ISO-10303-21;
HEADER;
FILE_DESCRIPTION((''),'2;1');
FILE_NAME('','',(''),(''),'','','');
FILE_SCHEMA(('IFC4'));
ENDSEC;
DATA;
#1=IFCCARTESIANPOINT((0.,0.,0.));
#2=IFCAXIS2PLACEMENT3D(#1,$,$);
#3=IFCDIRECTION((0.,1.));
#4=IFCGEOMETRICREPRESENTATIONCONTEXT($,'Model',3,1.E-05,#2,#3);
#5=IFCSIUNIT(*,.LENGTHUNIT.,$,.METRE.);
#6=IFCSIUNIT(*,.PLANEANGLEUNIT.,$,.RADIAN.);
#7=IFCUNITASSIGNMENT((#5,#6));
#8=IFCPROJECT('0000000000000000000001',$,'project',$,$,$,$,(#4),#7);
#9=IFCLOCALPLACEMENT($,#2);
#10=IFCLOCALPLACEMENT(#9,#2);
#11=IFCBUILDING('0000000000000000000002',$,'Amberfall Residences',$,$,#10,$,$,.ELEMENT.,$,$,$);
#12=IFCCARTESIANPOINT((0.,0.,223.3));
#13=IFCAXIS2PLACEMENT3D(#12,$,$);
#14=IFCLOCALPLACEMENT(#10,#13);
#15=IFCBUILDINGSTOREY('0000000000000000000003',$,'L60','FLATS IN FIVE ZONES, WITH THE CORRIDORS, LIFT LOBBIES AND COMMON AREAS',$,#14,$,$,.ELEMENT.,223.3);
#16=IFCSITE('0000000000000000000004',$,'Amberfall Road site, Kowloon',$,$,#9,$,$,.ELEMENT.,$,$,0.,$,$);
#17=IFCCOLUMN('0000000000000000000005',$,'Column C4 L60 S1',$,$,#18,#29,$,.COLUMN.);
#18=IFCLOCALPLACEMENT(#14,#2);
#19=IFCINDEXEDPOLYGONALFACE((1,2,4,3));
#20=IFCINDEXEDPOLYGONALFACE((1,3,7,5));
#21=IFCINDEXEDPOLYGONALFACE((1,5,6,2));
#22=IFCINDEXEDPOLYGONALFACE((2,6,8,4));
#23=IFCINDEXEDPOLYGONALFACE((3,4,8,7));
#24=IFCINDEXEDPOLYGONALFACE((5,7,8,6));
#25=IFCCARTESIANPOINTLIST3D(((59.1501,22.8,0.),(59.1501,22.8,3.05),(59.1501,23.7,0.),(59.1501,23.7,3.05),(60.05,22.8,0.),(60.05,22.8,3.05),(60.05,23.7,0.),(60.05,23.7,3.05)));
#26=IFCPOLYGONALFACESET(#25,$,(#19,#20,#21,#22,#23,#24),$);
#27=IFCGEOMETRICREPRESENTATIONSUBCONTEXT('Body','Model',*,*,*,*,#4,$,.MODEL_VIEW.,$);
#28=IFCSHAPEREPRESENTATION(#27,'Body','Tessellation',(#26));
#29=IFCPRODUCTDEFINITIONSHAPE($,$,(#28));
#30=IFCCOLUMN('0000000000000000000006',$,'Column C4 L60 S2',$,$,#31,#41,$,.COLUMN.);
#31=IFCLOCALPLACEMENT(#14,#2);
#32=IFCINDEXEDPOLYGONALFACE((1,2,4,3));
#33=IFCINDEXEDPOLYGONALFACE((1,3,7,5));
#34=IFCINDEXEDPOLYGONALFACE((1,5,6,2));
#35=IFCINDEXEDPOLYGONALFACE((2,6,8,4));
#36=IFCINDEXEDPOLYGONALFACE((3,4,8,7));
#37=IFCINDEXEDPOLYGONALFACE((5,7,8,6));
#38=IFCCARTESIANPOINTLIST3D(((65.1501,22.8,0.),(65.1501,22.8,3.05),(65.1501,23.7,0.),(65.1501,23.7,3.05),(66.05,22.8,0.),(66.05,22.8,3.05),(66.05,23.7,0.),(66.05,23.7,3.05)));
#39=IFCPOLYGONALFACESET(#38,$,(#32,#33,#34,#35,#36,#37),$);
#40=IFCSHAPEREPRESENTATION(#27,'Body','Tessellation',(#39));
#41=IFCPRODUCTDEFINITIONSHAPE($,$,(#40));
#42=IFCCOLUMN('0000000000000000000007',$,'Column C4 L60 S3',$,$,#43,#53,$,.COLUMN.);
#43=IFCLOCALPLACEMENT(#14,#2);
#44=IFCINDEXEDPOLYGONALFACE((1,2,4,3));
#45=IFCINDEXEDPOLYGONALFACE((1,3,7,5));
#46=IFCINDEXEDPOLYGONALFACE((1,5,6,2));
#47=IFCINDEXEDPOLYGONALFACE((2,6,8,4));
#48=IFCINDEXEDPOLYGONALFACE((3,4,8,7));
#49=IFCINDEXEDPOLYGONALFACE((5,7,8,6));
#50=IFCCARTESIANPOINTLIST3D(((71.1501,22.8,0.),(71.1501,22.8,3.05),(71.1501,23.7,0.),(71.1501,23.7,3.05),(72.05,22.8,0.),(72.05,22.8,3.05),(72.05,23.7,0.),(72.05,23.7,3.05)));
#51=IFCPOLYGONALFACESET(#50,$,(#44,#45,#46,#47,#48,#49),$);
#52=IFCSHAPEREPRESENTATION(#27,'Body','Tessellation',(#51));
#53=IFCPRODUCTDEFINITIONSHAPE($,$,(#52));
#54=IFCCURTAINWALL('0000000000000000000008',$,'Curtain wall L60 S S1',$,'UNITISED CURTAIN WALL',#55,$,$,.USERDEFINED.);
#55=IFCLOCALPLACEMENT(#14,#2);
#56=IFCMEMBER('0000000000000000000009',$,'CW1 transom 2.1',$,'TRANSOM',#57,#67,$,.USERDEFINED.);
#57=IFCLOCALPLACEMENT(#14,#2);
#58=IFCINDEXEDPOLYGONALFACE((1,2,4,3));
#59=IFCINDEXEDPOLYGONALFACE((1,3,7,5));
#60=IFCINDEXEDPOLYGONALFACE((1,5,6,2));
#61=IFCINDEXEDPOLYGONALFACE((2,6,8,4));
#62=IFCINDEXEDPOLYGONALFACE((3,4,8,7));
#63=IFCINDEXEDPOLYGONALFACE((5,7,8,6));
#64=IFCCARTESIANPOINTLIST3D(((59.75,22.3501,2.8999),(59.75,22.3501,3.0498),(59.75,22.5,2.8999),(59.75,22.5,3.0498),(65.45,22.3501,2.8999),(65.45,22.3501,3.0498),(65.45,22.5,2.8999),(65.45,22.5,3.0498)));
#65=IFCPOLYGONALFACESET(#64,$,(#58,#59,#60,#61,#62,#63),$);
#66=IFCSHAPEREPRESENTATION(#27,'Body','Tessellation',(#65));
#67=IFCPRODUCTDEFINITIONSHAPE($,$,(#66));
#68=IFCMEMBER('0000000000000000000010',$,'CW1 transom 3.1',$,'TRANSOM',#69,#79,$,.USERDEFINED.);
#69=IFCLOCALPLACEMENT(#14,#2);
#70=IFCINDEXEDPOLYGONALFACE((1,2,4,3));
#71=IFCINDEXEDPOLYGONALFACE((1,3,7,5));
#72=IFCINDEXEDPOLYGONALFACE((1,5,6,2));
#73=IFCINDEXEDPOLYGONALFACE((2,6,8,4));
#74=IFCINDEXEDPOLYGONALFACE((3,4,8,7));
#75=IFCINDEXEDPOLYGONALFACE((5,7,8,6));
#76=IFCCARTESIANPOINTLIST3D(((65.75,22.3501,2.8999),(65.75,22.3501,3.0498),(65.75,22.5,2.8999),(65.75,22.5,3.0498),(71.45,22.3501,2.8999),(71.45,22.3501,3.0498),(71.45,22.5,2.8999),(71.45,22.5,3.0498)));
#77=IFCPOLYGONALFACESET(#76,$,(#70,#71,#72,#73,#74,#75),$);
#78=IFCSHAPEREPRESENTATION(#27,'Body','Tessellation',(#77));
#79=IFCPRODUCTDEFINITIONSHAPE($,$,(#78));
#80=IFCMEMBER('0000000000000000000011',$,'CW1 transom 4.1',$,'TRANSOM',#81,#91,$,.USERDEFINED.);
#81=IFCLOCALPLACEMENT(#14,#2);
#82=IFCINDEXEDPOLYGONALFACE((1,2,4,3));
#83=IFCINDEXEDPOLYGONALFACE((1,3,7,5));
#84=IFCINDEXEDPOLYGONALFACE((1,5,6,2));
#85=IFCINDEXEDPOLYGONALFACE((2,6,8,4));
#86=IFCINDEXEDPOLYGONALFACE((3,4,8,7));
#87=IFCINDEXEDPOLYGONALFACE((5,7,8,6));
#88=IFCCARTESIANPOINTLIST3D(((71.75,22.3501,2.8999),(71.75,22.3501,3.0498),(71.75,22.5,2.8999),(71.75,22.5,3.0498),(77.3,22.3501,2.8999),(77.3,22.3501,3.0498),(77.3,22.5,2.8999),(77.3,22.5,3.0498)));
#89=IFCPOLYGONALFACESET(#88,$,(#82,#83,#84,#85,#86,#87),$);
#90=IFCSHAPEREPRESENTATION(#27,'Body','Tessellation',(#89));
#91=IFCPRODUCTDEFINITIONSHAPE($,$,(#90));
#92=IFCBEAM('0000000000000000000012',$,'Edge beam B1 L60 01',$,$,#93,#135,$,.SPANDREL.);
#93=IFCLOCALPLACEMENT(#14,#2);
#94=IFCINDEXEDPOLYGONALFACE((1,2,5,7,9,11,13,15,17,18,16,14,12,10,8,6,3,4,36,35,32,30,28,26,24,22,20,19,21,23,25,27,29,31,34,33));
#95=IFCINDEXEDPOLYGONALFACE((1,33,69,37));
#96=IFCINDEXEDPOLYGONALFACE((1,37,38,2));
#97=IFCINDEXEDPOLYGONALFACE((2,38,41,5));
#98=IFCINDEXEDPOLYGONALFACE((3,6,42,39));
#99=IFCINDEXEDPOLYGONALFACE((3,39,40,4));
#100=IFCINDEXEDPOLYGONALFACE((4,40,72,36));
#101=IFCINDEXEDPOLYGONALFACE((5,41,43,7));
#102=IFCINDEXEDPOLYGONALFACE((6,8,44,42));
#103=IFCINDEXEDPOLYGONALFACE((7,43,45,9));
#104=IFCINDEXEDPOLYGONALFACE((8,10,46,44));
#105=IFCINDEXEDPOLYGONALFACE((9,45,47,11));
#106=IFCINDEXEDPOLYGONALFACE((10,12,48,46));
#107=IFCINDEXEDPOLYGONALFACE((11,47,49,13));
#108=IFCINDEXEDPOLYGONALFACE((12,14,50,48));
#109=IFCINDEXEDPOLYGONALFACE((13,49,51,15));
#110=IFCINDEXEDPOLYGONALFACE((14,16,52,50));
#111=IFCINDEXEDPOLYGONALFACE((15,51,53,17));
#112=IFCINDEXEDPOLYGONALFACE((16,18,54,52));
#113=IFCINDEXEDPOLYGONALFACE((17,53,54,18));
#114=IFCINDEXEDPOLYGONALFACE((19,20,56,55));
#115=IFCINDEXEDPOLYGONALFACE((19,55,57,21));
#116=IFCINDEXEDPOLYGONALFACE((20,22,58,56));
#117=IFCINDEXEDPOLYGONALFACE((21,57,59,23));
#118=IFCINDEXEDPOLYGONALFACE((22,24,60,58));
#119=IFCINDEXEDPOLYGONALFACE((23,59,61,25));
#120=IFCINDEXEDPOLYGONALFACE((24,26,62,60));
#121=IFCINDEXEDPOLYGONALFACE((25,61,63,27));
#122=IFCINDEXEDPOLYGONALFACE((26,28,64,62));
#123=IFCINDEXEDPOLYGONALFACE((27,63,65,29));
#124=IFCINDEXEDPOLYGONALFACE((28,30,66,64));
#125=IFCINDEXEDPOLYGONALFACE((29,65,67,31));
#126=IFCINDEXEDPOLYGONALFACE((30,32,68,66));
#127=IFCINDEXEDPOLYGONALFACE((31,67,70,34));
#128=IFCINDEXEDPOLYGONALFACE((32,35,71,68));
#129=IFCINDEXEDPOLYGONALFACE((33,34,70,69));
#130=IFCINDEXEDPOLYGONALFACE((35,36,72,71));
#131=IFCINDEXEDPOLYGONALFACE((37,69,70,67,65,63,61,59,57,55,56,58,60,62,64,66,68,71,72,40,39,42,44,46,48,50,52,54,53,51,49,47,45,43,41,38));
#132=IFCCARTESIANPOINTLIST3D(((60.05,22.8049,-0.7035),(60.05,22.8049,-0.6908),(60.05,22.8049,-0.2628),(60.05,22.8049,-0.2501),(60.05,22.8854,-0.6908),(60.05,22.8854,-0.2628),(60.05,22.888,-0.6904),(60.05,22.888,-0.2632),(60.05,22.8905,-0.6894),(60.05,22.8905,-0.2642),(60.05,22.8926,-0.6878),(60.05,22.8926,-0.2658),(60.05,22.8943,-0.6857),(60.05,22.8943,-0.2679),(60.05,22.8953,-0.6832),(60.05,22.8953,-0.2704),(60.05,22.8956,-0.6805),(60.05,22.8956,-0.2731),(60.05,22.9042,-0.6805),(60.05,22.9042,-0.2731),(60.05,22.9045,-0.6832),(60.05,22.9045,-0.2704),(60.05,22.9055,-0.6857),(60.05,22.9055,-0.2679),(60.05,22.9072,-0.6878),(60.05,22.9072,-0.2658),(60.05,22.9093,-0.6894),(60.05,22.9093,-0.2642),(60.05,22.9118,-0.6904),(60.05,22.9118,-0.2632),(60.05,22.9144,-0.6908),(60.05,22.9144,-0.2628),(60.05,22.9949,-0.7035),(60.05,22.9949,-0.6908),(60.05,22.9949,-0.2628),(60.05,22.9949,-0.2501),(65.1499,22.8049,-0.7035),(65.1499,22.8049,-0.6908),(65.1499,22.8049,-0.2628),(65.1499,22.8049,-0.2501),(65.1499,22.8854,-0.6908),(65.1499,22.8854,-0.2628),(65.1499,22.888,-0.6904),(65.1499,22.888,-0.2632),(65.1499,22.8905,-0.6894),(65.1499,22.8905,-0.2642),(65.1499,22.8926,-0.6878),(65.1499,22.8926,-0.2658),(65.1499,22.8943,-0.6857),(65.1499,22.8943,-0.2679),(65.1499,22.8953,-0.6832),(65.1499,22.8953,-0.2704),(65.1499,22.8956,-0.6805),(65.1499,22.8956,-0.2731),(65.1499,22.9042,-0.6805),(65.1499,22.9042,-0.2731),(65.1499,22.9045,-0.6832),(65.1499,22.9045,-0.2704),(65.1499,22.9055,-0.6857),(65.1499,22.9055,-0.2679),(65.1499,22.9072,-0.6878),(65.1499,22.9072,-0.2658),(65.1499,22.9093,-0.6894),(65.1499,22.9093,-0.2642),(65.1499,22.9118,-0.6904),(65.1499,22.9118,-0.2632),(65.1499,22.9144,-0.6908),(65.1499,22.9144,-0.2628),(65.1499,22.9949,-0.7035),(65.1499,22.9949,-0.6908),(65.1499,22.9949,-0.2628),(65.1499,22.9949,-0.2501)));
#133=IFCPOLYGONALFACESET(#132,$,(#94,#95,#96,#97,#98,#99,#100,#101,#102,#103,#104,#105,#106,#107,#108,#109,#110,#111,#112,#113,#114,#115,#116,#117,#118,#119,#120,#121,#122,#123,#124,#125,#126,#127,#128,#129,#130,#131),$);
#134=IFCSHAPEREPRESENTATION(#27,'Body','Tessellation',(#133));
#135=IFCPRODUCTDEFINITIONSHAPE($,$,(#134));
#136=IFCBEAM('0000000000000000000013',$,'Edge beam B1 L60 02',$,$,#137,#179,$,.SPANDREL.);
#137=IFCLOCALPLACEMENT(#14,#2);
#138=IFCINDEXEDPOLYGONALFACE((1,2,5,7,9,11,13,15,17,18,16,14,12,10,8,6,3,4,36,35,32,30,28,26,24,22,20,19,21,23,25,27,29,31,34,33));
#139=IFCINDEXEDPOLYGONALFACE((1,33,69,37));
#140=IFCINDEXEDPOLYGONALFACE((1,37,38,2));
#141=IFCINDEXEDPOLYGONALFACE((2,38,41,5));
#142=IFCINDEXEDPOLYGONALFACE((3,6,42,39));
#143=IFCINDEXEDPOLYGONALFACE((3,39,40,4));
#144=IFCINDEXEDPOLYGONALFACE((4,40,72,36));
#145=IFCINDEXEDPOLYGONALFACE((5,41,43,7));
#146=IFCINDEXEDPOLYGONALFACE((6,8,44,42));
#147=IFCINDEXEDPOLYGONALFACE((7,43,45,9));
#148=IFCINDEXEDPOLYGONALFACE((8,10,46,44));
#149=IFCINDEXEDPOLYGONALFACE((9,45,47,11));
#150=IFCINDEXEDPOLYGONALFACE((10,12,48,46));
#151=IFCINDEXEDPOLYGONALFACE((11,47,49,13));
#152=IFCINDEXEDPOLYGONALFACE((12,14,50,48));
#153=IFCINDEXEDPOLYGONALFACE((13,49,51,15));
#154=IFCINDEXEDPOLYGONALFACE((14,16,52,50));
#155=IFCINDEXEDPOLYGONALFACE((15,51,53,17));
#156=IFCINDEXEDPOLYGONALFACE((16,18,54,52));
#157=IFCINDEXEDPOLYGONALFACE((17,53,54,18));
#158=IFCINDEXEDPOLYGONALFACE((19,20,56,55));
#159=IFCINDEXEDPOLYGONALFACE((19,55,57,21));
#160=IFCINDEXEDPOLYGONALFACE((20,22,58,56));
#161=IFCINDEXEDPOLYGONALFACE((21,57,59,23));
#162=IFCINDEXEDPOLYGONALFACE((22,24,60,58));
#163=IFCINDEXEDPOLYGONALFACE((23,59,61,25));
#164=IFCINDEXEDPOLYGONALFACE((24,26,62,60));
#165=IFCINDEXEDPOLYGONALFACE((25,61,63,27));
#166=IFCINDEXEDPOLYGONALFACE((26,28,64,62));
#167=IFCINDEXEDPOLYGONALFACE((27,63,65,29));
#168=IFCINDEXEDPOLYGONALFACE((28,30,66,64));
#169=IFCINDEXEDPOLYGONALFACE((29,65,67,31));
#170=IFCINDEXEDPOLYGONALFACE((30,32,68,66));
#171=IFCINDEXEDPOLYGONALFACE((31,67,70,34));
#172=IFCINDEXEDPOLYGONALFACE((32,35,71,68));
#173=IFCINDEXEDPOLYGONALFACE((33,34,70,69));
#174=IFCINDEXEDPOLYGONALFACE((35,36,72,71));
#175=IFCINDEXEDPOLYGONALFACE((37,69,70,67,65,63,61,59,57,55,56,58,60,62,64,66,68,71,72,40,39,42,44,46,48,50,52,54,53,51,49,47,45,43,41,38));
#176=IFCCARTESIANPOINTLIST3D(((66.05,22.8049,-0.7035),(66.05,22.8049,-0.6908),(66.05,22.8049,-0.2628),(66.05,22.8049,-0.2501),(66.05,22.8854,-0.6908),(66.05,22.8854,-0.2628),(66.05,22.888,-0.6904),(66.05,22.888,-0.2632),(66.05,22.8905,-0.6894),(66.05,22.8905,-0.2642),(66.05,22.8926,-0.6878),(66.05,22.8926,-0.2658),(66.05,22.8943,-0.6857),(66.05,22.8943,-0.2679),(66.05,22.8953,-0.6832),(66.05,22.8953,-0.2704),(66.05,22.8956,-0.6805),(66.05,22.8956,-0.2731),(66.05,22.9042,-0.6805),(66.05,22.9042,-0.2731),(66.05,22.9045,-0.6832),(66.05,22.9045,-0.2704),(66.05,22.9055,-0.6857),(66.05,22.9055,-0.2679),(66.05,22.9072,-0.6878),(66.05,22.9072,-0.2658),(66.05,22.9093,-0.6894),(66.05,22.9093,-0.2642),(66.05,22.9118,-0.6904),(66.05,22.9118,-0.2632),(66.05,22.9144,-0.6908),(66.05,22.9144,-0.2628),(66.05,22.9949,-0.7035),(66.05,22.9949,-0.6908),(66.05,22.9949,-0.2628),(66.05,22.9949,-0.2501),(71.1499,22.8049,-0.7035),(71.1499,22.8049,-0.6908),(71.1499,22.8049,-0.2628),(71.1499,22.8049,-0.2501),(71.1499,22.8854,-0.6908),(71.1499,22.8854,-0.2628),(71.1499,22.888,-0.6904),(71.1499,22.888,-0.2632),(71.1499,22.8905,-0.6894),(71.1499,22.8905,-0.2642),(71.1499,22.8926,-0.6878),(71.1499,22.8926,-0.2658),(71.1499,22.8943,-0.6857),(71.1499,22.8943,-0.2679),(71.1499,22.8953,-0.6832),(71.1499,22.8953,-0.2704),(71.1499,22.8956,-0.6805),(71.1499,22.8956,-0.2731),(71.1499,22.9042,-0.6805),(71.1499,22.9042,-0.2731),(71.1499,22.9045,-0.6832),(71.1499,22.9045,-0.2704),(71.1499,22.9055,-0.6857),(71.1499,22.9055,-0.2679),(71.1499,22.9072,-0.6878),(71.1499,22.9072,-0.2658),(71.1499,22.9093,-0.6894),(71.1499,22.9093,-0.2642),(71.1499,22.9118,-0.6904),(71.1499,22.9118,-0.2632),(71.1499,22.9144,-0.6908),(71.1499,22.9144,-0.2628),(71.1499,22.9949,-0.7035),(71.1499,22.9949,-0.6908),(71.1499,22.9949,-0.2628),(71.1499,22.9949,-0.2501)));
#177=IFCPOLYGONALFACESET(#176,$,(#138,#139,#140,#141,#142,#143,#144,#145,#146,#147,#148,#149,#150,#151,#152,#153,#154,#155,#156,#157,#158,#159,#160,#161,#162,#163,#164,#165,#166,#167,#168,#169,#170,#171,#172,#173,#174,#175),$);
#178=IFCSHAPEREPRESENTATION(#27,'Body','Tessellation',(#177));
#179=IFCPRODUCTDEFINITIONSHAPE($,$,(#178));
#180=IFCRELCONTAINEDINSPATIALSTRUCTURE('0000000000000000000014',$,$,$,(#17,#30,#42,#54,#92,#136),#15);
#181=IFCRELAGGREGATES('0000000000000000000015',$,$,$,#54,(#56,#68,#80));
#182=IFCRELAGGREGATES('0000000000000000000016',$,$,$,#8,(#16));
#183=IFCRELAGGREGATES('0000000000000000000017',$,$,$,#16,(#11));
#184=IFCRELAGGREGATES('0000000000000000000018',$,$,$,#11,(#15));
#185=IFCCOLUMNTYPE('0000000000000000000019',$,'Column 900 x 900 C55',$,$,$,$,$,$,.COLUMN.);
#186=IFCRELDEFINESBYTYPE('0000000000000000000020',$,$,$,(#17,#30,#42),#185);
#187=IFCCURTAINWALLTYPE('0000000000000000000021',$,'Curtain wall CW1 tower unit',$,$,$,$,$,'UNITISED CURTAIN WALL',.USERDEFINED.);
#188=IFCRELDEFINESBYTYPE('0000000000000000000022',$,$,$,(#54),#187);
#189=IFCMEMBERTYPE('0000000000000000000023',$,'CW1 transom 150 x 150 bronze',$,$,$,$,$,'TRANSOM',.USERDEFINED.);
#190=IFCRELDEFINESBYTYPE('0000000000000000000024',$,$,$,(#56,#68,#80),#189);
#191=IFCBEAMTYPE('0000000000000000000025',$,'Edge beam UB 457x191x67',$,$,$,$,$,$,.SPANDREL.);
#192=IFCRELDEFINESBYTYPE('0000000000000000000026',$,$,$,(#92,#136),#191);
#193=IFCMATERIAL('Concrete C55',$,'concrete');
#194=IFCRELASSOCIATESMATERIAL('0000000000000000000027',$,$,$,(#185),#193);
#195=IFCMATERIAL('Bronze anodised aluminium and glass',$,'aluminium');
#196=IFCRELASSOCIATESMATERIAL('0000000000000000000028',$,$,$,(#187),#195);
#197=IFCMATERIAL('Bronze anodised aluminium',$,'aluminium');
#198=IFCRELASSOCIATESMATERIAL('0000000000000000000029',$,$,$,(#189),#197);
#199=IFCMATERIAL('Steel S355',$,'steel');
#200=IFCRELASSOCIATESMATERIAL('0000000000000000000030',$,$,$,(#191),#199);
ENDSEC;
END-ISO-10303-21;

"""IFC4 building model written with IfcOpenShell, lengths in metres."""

from ifc_helpers import new_model, si_unit, direction, frame, origin, origin_2d, place, context, subcontext, project, spatial, rectangle, i_section, extrude, material, material_profile, profile_set, type_object, element, aggregate, save


model = new_model("IFC4")

# Units and contexts
model_context = context("Model", 3, precision=1e-05, world=origin(), true_north=direction((0.0, 1.0)))
body_context = subcontext(model_context, "Body", "Model", "MODEL_VIEW")
ifc_project = project(units=[si_unit("LENGTHUNIT", "METRE"), si_unit("PLANEANGLEUNIT", "RADIAN")], contexts=[model_context])

# Site, building, storey
site_placement = place(None, origin())
site = spatial("IfcSite", under=ifc_project, at=site_placement, Name="Amberfall Road site, Kowloon", CompositionType="ELEMENT", RefElevation=0.0)
building_placement = place(site_placement, origin())
building = spatial("IfcBuilding", under=site, at=building_placement, Name="Amberfall Residences", CompositionType="ELEMENT")
storey_placement = place(building_placement, frame((0.0, 0.0, 223.3)))
storey = spatial("IfcBuildingStorey", under=building, at=storey_placement, Name="L60", Description="FLATS IN FIVE ZONES, WITH THE CORRIDORS, LIFT LOBBIES AND COMMON AREAS", CompositionType="ELEMENT", Elevation=223.3)

# Columns
ifc_material_1 = material(Name="Concrete C55", Category="concrete")
ifc_material_profile_1 = material_profile(ifc_material_1, rectangle(XDim=0.8999, YDim=0.8999, at=origin_2d()), Name="Column 900 x 900 C55")
ifc_profile_set_1 = profile_set([ifc_material_profile_1], Name="Concrete C55")
column_type = type_object("IfcColumnType", Name="Column 900 x 900 C55", PredefinedType="COLUMN", material=ifc_profile_set_1)
for number, where, z_axis, x_axis, name in (
    (1, (59.6001, 23.25, 0.0), (0.0, 0.0, 1.0), (1.0, 0.0, 0.0), "Column C4 L60 S1"),
    (2, (65.6001, 23.25, 0.0), (0.0, 0.0, 1.0), (1.0, 0.0, 0.0), "Column C4 L60 S2"),
    (3, (71.6001, 23.25, 0.0), (0.0, 0.0, 1.0), (1.0, 0.0, 0.0), "Column C4 L60 S3"),
):
    element("IfcColumn", number, at=place(storey_placement, frame(where, z_axis=z_axis, x_axis=x_axis)), inside=storey, type_object=column_type, Name=name, PredefinedType="COLUMN", context=body_context, shape_type="SweptSolid", body=[
        extrude(rectangle(XDim=0.8999, YDim=0.8999, at=origin_2d()), origin(), (0.0, 0.0, 1.0), 3.05),
    ])

# Curtain wall, members
ifc_material_2 = material(Name="Bronze anodised aluminium and glass", Category="aluminium")
curtain_wall_type = type_object("IfcCurtainWallType", Name="Curtain wall CW1 tower unit", ElementType="UNITISED CURTAIN WALL", PredefinedType="USERDEFINED", material=ifc_material_2)
curtain_wall_placement = place(storey_placement, origin())
curtain_wall = element("IfcCurtainWall", 4, at=curtain_wall_placement, inside=storey, type_object=curtain_wall_type, Name="Curtain wall L60 S S1", ObjectType="UNITISED CURTAIN WALL", PredefinedType="USERDEFINED")
ifc_material_3 = material(Name="Bronze anodised aluminium", Category="aluminium")
ifc_material_profile_2 = material_profile(ifc_material_3, rectangle(XDim=0.1499, YDim=0.1499, at=origin_2d()), Name="CW1 transom 150 x 150 bronze")
ifc_profile_set_2 = profile_set([ifc_material_profile_2], Name="Bronze anodised aluminium")
member_type_1 = type_object("IfcMemberType", Name="CW1 transom 150 x 150 bronze", ElementType="TRANSOM", PredefinedType="USERDEFINED", material=ifc_profile_set_2)
member_1_placement = place(storey_placement, frame((59.75, 22.425, 2.9749), z_axis=(1.0, 0.0, 0.0), x_axis=(0.0, 1.0, 0.0)))
member_1 = element("IfcMember", 5, at=member_1_placement, type_object=member_type_1, Name="CW1 transom 2.1", ObjectType="TRANSOM", PredefinedType="USERDEFINED", context=body_context, shape_type="SweptSolid", body=[
    extrude(rectangle(XDim=0.1499, YDim=0.1499, at=origin_2d()), origin(), (0.0, 0.0, 1.0), 5.7),
])
member_2_placement = place(storey_placement, frame((65.75, 22.425, 2.9749), z_axis=(1.0, 0.0, 0.0), x_axis=(0.0, 1.0, 0.0)))
member_2 = element("IfcMember", 6, at=member_2_placement, type_object=member_type_1, Name="CW1 transom 3.1", ObjectType="TRANSOM", PredefinedType="USERDEFINED", context=body_context, shape_type="SweptSolid", body=[
    extrude(rectangle(XDim=0.1499, YDim=0.1499, at=origin_2d()), origin(), (0.0, 0.0, 1.0), 5.7),
])
member_3_placement = place(storey_placement, frame((71.75, 22.425, 2.9749), z_axis=(1.0, 0.0, 0.0), x_axis=(0.0, 1.0, 0.0)))
member_3 = element("IfcMember", 7, at=member_3_placement, type_object=member_type_1, Name="CW1 transom 4.1", ObjectType="TRANSOM", PredefinedType="USERDEFINED", context=body_context, shape_type="SweptSolid", body=[
    extrude(rectangle(XDim=0.1499, YDim=0.1499, at=origin_2d()), origin(), (0.0, 0.0, 1.0), 5.55),
])

# Beams
ifc_material_4 = material(Name="Steel S355", Category="steel")
ifc_material_profile_3 = material_profile(ifc_material_4, i_section(OverallWidth=0.1899, OverallDepth=0.4534, WebThickness=0.0085, FlangeThickness=0.0127, FilletRadius=0.0103, at=origin_2d()), Name="UB 457x191x67")
ifc_profile_set_3 = profile_set([ifc_material_profile_3], Name="Steel S355")
beam_type_1 = type_object("IfcBeamType", Name="Edge beam UB 457x191x67", PredefinedType="SPANDREL", material=ifc_profile_set_3)
for number, where, z_axis, x_axis, name in (
    (8, (60.05, 22.8999, -0.4768), (1.0, 0.0, 0.0), (0.0, 1.0, 0.0), "Edge beam B1 L60 01"),
    (9, (66.05, 22.8999, -0.4768), (1.0, 0.0, 0.0), (0.0, 1.0, 0.0), "Edge beam B1 L60 02"),
):
    element("IfcBeam", number, at=place(storey_placement, frame(where, z_axis=z_axis, x_axis=x_axis)), inside=storey, type_object=beam_type_1, Name=name, PredefinedType="SPANDREL", context=body_context, shape_type="SweptSolid", body=[
        extrude(i_section(OverallWidth=0.1899, OverallDepth=0.4534, WebThickness=0.0085, FlangeThickness=0.0127, FilletRadius=0.0103, at=origin_2d()), origin(), (0.0, 0.0, 1.0), 5.0999),
    ])

aggregate(curtain_wall, [member_1, member_2, member_3])

save(model, "model.ifc")
